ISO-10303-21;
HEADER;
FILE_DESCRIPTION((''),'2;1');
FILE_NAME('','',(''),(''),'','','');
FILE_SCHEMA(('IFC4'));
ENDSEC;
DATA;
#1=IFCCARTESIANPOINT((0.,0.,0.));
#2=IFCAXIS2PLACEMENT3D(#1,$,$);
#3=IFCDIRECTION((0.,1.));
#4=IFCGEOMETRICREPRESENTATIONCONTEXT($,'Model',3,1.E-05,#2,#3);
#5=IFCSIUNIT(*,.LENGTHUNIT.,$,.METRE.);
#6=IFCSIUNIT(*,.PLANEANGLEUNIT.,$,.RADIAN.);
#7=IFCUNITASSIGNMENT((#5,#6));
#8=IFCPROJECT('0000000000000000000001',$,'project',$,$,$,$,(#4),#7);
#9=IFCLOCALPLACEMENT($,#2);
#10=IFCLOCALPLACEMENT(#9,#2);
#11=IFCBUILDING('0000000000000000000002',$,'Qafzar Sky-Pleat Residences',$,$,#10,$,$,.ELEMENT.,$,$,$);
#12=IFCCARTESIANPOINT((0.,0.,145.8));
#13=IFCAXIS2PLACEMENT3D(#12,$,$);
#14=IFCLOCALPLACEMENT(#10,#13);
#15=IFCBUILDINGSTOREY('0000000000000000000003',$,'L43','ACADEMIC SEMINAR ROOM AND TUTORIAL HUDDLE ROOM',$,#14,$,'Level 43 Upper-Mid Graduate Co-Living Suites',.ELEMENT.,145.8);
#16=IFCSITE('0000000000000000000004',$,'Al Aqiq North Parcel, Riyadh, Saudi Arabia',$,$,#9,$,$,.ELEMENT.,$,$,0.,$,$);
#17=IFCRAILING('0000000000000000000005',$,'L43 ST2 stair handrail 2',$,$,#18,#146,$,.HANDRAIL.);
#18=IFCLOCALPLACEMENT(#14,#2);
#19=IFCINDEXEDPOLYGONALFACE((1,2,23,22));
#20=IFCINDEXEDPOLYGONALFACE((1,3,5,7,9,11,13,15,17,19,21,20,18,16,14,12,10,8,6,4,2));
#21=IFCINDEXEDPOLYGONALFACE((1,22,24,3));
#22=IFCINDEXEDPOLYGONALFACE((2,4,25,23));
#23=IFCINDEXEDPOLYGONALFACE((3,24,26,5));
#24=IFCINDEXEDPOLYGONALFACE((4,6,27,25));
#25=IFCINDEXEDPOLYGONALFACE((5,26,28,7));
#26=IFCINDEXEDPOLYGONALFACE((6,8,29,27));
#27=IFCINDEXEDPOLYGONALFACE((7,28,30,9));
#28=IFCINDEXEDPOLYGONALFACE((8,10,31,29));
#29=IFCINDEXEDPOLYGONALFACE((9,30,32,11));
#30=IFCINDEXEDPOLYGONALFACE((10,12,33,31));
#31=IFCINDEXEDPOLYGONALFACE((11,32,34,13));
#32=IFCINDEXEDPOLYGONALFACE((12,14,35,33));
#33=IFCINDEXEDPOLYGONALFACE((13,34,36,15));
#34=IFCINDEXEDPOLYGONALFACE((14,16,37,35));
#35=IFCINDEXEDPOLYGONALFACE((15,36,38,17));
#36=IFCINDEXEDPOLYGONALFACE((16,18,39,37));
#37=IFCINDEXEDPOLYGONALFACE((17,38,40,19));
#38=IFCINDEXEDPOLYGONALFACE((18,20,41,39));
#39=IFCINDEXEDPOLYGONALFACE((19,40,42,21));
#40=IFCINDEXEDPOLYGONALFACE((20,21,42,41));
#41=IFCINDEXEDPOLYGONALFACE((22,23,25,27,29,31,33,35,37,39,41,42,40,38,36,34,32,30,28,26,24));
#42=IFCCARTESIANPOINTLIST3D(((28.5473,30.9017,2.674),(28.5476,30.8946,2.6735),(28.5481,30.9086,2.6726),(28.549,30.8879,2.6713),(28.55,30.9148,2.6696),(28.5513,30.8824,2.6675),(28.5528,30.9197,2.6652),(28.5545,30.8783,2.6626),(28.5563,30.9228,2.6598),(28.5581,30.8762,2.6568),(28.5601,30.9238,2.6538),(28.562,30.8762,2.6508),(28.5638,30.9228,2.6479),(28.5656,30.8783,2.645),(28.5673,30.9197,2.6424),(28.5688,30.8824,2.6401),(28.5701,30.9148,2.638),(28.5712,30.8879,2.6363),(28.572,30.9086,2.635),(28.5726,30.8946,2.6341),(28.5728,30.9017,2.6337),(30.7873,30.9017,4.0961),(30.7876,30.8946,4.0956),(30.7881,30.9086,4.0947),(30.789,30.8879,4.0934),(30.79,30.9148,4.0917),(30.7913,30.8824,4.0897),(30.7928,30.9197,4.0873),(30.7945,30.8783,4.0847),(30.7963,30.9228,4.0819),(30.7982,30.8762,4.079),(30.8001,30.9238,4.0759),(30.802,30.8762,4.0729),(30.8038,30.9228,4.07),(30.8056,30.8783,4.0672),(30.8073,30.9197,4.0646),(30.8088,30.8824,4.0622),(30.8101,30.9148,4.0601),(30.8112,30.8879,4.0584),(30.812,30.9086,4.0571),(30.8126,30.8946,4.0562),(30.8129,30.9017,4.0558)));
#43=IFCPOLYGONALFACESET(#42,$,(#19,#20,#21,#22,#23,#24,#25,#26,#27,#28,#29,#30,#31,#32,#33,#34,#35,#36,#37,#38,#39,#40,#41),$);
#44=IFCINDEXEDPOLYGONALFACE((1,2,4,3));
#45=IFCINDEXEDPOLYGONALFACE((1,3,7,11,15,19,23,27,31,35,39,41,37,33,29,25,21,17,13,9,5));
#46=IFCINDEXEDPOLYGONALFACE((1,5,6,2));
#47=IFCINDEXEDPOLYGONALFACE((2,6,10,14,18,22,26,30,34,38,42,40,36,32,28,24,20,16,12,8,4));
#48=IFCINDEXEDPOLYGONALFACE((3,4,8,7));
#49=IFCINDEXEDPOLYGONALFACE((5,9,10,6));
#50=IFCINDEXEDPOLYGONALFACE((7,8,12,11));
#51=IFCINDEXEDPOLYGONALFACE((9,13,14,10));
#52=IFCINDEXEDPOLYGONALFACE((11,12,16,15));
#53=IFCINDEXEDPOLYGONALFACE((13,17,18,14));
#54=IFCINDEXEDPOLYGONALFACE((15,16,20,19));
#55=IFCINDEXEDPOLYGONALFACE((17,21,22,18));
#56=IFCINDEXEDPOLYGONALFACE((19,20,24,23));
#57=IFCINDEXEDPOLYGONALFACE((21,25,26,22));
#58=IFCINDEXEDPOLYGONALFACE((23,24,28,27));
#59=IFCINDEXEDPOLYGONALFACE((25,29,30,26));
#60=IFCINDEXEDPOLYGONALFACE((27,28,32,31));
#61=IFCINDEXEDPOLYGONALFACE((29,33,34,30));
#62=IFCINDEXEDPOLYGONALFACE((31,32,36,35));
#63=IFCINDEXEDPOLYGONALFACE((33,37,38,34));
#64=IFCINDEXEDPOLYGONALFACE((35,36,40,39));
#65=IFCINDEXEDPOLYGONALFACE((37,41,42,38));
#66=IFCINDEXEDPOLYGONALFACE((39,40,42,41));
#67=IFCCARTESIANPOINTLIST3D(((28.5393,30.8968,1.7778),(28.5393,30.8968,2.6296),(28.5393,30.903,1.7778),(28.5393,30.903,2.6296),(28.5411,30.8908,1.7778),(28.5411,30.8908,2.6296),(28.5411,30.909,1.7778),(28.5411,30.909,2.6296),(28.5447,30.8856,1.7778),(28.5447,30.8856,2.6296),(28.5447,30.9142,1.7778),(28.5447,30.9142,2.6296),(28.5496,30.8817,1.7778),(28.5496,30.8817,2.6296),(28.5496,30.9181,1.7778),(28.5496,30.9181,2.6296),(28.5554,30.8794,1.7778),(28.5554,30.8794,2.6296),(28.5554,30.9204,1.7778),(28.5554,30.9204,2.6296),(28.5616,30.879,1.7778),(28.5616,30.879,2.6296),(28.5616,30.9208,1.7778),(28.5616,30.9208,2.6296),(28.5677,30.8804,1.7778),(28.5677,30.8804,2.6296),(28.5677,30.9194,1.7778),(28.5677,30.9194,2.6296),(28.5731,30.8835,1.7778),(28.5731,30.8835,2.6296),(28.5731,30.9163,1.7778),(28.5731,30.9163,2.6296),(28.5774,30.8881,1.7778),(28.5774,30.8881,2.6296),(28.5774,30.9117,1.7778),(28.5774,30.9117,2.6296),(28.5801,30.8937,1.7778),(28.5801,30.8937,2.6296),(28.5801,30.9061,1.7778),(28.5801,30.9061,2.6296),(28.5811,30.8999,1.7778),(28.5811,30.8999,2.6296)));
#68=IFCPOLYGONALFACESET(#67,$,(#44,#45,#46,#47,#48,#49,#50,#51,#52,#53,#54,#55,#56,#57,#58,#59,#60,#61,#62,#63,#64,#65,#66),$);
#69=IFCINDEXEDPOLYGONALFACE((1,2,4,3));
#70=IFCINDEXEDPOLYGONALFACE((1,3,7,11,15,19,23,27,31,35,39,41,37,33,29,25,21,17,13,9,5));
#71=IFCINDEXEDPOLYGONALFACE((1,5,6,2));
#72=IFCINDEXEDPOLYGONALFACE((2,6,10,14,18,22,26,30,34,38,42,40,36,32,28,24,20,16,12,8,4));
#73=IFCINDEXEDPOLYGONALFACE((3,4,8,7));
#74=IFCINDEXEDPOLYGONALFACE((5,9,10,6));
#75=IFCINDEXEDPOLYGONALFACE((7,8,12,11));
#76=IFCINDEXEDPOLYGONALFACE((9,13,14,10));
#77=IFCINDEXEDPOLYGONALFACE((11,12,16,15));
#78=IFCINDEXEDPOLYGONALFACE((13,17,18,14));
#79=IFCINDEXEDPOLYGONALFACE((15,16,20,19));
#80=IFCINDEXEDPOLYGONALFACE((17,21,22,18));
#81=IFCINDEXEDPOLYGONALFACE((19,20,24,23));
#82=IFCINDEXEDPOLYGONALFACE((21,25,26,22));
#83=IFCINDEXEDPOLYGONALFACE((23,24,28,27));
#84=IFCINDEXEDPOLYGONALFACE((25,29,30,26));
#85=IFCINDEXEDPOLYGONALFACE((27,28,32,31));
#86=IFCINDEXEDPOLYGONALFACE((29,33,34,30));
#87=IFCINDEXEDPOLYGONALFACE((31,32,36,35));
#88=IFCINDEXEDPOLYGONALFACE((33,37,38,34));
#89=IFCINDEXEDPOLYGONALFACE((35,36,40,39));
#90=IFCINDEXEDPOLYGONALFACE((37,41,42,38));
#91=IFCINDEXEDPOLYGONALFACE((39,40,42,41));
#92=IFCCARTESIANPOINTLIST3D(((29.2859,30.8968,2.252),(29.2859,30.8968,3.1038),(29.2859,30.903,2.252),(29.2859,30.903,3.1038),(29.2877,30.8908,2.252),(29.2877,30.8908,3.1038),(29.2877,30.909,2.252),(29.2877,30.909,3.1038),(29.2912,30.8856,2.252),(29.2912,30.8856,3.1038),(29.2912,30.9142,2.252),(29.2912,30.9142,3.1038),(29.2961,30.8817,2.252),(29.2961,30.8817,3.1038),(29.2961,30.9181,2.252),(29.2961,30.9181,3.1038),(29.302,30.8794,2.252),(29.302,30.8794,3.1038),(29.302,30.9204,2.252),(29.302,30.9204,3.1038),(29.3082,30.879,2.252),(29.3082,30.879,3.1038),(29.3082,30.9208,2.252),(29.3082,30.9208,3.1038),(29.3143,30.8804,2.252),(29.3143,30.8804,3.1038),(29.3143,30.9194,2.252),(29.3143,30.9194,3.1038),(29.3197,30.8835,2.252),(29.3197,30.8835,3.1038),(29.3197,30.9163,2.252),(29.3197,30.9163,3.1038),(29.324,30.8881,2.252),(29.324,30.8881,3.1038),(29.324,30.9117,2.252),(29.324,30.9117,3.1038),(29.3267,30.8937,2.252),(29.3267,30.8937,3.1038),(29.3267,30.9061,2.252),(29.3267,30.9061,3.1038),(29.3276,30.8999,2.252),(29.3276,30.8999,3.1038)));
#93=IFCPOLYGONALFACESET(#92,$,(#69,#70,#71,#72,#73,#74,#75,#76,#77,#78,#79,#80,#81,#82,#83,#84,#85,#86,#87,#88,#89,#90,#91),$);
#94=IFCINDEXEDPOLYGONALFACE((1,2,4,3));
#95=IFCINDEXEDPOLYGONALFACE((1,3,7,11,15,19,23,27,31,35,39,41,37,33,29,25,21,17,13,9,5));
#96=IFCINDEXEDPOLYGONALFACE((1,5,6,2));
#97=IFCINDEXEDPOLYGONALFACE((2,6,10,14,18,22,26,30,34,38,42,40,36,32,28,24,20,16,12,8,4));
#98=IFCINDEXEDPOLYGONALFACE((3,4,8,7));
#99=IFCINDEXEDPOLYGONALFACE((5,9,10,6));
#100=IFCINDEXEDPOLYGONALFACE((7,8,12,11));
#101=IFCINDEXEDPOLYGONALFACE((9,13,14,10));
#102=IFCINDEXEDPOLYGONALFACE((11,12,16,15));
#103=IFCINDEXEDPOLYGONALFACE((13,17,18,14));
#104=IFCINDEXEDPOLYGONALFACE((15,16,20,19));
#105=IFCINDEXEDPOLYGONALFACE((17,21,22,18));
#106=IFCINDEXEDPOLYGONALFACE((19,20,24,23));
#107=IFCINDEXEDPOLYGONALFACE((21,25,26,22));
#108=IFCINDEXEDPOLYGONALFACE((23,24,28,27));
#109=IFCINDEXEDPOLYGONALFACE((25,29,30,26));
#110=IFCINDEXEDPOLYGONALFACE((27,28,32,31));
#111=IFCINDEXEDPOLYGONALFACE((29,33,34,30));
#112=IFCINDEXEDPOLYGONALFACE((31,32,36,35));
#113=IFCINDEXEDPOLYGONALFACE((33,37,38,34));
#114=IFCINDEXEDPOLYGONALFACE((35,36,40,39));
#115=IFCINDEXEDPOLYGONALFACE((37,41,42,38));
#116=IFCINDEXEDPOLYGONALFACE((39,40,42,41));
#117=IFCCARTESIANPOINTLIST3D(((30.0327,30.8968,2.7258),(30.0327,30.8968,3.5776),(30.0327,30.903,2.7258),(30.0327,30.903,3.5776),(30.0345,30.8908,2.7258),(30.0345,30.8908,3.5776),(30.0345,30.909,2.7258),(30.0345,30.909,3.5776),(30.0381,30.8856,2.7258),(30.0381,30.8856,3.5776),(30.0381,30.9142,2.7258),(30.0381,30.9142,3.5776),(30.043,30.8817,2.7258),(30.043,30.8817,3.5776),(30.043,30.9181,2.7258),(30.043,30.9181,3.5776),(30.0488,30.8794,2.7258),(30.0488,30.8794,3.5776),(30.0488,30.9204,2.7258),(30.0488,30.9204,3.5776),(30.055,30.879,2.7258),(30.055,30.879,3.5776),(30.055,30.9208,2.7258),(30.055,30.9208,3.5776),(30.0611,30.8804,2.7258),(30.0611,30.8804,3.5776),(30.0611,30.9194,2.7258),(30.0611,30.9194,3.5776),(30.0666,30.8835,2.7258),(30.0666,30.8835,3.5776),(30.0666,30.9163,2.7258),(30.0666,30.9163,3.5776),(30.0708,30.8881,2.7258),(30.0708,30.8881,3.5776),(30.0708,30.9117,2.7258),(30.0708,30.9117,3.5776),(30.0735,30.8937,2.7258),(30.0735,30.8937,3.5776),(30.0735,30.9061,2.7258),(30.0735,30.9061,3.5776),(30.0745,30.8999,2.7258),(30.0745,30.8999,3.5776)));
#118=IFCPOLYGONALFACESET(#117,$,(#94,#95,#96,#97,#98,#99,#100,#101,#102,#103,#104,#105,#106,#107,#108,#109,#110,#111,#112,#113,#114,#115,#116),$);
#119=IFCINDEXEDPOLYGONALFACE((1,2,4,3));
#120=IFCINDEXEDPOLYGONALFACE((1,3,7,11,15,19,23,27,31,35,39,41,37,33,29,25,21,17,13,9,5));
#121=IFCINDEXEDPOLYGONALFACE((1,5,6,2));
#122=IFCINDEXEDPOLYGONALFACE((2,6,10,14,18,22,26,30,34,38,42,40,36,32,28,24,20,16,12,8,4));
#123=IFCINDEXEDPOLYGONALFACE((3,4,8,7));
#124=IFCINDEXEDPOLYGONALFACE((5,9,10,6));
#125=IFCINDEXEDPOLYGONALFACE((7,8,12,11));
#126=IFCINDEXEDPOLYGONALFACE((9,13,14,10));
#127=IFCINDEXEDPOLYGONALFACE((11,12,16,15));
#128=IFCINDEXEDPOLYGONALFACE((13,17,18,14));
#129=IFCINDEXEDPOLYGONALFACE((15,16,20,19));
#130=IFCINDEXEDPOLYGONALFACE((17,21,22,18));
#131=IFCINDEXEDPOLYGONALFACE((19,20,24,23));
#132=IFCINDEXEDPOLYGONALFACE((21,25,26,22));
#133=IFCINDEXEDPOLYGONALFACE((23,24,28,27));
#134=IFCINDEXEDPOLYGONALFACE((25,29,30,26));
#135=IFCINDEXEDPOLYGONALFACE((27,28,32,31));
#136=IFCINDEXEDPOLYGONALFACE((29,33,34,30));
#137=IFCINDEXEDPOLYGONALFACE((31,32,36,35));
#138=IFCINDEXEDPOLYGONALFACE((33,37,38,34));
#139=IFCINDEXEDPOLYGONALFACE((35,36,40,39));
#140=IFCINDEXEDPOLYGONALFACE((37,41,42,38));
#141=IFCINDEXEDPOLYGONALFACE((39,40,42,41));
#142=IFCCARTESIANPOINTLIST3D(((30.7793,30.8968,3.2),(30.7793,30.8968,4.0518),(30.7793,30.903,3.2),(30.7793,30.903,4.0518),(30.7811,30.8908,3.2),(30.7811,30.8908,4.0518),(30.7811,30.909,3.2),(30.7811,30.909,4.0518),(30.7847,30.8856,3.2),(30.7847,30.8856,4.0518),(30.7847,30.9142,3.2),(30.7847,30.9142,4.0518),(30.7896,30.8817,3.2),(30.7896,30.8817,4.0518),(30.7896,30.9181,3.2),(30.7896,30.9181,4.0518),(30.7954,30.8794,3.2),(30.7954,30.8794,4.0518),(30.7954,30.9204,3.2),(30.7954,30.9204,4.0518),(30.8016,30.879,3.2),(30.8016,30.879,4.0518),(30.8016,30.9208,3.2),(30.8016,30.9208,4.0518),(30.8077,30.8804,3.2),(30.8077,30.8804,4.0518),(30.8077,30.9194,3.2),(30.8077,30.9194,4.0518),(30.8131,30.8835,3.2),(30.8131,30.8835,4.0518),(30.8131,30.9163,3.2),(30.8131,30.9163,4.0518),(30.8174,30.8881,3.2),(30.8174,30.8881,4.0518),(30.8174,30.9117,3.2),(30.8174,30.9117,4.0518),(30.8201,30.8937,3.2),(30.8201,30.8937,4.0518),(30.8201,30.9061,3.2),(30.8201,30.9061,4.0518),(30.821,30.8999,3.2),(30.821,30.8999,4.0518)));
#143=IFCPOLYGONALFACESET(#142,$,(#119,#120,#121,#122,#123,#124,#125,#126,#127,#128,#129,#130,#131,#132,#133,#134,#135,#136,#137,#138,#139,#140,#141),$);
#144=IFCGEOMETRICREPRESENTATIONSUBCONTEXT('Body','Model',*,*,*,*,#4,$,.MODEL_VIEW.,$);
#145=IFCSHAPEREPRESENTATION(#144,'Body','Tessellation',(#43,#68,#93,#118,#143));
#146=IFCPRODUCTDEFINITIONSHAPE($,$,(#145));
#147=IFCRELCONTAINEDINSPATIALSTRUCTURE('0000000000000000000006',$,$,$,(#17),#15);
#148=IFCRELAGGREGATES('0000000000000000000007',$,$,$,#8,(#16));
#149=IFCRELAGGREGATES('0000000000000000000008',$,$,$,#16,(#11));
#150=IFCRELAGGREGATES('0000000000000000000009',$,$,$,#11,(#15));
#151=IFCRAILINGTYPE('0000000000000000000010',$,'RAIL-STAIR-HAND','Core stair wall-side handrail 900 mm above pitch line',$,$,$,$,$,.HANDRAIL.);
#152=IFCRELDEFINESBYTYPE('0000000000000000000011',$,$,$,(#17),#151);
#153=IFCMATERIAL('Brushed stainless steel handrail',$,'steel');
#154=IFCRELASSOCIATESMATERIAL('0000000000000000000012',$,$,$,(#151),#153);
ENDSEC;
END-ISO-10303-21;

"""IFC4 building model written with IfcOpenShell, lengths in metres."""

from ifc_helpers import new_model, si_unit, direction, frame, origin, origin_2d, place, context, subcontext, project, spatial, circle, extrude, source, transform, mapped, material, type_object, element, save


model = new_model("IFC4")

# Units and contexts
model_context = context("Model", 3, precision=1e-05, world=origin(), true_north=direction((0.0, 1.0)))
body_context = subcontext(model_context, "Body", "Model", "MODEL_VIEW")
ifc_project = project(units=[si_unit("LENGTHUNIT", "METRE"), si_unit("PLANEANGLEUNIT", "RADIAN")], contexts=[model_context])

# Site, building, storey
site_placement = place(None, origin())
site = spatial("IfcSite", under=ifc_project, at=site_placement, Name="Al Aqiq North Parcel, Riyadh, Saudi Arabia", CompositionType="ELEMENT", RefElevation=0.0)
building_placement = place(site_placement, origin())
building = spatial("IfcBuilding", under=site, at=building_placement, Name="Qafzar Sky-Pleat Residences", CompositionType="ELEMENT")
storey_placement = place(building_placement, frame((0.0, 0.0, 145.8)))
storey = spatial("IfcBuildingStorey", under=building, at=storey_placement, Name="L43", Description="ACADEMIC SEMINAR ROOM AND TUTORIAL HUDDLE ROOM", LongName="Level 43 Upper-Mid Graduate Co-Living Suites", CompositionType="ELEMENT", Elevation=145.8)

# Railing
ifc_material_1 = material(Name="Brushed stainless steel handrail", Category="steel")
railing_type_1 = type_object("IfcRailingType", Name="RAIL-STAIR-HAND", Description="Core stair wall-side handrail 900 mm above pitch line", PredefinedType="HANDRAIL", material=ifc_material_1)
shared_shape_1 = source(origin(), body_context, "Body", "SweptSolid", [
    extrude(circle(Radius=0.0239, at=origin_2d()), frame((0.0, 0.0, 0.876), z_axis=(0.844229, 0.0, 0.535982), x_axis=(0.0, 1.0, 0.0)), (0.0, 0.0, 1.0), 2.6533),
    extrude(circle(Radius=0.021, at=origin_2d()), origin(), (0.0, 0.0, 1.0), 0.8518),
    extrude(circle(Radius=0.021, at=origin_2d()), frame((0.7466, 0.0, 0.4741)), (0.0, 0.0, 1.0), 0.8518),
    extrude(circle(Radius=0.021, at=origin_2d()), frame((1.4934, 0.0, 0.948)), (0.0, 0.0, 1.0), 0.8518),
    extrude(circle(Radius=0.021, at=origin_2d()), frame((2.24, 0.0, 1.4221)), (0.0, 0.0, 1.0), 0.8518),
])
railing_1_placement = place(storey_placement, frame((28.5601, 30.8999, 1.7778)))
element("IfcRailing", 1, at=railing_1_placement, inside=storey, type_object=railing_type_1, Name="L43 ST2 stair handrail 2", PredefinedType="HANDRAIL", context=body_context, shape_type="MappedRepresentation", body=[
    mapped(shared_shape_1, transform((0.0, 0.0, 0.0), x_axis=(1.0, 0.0, 0.0), y_axis=(0.0, 1.0, 0.0), z_axis=(0.0, 0.0, 1.0), scale=1.0)),
])

save(model, "model.ifc")
